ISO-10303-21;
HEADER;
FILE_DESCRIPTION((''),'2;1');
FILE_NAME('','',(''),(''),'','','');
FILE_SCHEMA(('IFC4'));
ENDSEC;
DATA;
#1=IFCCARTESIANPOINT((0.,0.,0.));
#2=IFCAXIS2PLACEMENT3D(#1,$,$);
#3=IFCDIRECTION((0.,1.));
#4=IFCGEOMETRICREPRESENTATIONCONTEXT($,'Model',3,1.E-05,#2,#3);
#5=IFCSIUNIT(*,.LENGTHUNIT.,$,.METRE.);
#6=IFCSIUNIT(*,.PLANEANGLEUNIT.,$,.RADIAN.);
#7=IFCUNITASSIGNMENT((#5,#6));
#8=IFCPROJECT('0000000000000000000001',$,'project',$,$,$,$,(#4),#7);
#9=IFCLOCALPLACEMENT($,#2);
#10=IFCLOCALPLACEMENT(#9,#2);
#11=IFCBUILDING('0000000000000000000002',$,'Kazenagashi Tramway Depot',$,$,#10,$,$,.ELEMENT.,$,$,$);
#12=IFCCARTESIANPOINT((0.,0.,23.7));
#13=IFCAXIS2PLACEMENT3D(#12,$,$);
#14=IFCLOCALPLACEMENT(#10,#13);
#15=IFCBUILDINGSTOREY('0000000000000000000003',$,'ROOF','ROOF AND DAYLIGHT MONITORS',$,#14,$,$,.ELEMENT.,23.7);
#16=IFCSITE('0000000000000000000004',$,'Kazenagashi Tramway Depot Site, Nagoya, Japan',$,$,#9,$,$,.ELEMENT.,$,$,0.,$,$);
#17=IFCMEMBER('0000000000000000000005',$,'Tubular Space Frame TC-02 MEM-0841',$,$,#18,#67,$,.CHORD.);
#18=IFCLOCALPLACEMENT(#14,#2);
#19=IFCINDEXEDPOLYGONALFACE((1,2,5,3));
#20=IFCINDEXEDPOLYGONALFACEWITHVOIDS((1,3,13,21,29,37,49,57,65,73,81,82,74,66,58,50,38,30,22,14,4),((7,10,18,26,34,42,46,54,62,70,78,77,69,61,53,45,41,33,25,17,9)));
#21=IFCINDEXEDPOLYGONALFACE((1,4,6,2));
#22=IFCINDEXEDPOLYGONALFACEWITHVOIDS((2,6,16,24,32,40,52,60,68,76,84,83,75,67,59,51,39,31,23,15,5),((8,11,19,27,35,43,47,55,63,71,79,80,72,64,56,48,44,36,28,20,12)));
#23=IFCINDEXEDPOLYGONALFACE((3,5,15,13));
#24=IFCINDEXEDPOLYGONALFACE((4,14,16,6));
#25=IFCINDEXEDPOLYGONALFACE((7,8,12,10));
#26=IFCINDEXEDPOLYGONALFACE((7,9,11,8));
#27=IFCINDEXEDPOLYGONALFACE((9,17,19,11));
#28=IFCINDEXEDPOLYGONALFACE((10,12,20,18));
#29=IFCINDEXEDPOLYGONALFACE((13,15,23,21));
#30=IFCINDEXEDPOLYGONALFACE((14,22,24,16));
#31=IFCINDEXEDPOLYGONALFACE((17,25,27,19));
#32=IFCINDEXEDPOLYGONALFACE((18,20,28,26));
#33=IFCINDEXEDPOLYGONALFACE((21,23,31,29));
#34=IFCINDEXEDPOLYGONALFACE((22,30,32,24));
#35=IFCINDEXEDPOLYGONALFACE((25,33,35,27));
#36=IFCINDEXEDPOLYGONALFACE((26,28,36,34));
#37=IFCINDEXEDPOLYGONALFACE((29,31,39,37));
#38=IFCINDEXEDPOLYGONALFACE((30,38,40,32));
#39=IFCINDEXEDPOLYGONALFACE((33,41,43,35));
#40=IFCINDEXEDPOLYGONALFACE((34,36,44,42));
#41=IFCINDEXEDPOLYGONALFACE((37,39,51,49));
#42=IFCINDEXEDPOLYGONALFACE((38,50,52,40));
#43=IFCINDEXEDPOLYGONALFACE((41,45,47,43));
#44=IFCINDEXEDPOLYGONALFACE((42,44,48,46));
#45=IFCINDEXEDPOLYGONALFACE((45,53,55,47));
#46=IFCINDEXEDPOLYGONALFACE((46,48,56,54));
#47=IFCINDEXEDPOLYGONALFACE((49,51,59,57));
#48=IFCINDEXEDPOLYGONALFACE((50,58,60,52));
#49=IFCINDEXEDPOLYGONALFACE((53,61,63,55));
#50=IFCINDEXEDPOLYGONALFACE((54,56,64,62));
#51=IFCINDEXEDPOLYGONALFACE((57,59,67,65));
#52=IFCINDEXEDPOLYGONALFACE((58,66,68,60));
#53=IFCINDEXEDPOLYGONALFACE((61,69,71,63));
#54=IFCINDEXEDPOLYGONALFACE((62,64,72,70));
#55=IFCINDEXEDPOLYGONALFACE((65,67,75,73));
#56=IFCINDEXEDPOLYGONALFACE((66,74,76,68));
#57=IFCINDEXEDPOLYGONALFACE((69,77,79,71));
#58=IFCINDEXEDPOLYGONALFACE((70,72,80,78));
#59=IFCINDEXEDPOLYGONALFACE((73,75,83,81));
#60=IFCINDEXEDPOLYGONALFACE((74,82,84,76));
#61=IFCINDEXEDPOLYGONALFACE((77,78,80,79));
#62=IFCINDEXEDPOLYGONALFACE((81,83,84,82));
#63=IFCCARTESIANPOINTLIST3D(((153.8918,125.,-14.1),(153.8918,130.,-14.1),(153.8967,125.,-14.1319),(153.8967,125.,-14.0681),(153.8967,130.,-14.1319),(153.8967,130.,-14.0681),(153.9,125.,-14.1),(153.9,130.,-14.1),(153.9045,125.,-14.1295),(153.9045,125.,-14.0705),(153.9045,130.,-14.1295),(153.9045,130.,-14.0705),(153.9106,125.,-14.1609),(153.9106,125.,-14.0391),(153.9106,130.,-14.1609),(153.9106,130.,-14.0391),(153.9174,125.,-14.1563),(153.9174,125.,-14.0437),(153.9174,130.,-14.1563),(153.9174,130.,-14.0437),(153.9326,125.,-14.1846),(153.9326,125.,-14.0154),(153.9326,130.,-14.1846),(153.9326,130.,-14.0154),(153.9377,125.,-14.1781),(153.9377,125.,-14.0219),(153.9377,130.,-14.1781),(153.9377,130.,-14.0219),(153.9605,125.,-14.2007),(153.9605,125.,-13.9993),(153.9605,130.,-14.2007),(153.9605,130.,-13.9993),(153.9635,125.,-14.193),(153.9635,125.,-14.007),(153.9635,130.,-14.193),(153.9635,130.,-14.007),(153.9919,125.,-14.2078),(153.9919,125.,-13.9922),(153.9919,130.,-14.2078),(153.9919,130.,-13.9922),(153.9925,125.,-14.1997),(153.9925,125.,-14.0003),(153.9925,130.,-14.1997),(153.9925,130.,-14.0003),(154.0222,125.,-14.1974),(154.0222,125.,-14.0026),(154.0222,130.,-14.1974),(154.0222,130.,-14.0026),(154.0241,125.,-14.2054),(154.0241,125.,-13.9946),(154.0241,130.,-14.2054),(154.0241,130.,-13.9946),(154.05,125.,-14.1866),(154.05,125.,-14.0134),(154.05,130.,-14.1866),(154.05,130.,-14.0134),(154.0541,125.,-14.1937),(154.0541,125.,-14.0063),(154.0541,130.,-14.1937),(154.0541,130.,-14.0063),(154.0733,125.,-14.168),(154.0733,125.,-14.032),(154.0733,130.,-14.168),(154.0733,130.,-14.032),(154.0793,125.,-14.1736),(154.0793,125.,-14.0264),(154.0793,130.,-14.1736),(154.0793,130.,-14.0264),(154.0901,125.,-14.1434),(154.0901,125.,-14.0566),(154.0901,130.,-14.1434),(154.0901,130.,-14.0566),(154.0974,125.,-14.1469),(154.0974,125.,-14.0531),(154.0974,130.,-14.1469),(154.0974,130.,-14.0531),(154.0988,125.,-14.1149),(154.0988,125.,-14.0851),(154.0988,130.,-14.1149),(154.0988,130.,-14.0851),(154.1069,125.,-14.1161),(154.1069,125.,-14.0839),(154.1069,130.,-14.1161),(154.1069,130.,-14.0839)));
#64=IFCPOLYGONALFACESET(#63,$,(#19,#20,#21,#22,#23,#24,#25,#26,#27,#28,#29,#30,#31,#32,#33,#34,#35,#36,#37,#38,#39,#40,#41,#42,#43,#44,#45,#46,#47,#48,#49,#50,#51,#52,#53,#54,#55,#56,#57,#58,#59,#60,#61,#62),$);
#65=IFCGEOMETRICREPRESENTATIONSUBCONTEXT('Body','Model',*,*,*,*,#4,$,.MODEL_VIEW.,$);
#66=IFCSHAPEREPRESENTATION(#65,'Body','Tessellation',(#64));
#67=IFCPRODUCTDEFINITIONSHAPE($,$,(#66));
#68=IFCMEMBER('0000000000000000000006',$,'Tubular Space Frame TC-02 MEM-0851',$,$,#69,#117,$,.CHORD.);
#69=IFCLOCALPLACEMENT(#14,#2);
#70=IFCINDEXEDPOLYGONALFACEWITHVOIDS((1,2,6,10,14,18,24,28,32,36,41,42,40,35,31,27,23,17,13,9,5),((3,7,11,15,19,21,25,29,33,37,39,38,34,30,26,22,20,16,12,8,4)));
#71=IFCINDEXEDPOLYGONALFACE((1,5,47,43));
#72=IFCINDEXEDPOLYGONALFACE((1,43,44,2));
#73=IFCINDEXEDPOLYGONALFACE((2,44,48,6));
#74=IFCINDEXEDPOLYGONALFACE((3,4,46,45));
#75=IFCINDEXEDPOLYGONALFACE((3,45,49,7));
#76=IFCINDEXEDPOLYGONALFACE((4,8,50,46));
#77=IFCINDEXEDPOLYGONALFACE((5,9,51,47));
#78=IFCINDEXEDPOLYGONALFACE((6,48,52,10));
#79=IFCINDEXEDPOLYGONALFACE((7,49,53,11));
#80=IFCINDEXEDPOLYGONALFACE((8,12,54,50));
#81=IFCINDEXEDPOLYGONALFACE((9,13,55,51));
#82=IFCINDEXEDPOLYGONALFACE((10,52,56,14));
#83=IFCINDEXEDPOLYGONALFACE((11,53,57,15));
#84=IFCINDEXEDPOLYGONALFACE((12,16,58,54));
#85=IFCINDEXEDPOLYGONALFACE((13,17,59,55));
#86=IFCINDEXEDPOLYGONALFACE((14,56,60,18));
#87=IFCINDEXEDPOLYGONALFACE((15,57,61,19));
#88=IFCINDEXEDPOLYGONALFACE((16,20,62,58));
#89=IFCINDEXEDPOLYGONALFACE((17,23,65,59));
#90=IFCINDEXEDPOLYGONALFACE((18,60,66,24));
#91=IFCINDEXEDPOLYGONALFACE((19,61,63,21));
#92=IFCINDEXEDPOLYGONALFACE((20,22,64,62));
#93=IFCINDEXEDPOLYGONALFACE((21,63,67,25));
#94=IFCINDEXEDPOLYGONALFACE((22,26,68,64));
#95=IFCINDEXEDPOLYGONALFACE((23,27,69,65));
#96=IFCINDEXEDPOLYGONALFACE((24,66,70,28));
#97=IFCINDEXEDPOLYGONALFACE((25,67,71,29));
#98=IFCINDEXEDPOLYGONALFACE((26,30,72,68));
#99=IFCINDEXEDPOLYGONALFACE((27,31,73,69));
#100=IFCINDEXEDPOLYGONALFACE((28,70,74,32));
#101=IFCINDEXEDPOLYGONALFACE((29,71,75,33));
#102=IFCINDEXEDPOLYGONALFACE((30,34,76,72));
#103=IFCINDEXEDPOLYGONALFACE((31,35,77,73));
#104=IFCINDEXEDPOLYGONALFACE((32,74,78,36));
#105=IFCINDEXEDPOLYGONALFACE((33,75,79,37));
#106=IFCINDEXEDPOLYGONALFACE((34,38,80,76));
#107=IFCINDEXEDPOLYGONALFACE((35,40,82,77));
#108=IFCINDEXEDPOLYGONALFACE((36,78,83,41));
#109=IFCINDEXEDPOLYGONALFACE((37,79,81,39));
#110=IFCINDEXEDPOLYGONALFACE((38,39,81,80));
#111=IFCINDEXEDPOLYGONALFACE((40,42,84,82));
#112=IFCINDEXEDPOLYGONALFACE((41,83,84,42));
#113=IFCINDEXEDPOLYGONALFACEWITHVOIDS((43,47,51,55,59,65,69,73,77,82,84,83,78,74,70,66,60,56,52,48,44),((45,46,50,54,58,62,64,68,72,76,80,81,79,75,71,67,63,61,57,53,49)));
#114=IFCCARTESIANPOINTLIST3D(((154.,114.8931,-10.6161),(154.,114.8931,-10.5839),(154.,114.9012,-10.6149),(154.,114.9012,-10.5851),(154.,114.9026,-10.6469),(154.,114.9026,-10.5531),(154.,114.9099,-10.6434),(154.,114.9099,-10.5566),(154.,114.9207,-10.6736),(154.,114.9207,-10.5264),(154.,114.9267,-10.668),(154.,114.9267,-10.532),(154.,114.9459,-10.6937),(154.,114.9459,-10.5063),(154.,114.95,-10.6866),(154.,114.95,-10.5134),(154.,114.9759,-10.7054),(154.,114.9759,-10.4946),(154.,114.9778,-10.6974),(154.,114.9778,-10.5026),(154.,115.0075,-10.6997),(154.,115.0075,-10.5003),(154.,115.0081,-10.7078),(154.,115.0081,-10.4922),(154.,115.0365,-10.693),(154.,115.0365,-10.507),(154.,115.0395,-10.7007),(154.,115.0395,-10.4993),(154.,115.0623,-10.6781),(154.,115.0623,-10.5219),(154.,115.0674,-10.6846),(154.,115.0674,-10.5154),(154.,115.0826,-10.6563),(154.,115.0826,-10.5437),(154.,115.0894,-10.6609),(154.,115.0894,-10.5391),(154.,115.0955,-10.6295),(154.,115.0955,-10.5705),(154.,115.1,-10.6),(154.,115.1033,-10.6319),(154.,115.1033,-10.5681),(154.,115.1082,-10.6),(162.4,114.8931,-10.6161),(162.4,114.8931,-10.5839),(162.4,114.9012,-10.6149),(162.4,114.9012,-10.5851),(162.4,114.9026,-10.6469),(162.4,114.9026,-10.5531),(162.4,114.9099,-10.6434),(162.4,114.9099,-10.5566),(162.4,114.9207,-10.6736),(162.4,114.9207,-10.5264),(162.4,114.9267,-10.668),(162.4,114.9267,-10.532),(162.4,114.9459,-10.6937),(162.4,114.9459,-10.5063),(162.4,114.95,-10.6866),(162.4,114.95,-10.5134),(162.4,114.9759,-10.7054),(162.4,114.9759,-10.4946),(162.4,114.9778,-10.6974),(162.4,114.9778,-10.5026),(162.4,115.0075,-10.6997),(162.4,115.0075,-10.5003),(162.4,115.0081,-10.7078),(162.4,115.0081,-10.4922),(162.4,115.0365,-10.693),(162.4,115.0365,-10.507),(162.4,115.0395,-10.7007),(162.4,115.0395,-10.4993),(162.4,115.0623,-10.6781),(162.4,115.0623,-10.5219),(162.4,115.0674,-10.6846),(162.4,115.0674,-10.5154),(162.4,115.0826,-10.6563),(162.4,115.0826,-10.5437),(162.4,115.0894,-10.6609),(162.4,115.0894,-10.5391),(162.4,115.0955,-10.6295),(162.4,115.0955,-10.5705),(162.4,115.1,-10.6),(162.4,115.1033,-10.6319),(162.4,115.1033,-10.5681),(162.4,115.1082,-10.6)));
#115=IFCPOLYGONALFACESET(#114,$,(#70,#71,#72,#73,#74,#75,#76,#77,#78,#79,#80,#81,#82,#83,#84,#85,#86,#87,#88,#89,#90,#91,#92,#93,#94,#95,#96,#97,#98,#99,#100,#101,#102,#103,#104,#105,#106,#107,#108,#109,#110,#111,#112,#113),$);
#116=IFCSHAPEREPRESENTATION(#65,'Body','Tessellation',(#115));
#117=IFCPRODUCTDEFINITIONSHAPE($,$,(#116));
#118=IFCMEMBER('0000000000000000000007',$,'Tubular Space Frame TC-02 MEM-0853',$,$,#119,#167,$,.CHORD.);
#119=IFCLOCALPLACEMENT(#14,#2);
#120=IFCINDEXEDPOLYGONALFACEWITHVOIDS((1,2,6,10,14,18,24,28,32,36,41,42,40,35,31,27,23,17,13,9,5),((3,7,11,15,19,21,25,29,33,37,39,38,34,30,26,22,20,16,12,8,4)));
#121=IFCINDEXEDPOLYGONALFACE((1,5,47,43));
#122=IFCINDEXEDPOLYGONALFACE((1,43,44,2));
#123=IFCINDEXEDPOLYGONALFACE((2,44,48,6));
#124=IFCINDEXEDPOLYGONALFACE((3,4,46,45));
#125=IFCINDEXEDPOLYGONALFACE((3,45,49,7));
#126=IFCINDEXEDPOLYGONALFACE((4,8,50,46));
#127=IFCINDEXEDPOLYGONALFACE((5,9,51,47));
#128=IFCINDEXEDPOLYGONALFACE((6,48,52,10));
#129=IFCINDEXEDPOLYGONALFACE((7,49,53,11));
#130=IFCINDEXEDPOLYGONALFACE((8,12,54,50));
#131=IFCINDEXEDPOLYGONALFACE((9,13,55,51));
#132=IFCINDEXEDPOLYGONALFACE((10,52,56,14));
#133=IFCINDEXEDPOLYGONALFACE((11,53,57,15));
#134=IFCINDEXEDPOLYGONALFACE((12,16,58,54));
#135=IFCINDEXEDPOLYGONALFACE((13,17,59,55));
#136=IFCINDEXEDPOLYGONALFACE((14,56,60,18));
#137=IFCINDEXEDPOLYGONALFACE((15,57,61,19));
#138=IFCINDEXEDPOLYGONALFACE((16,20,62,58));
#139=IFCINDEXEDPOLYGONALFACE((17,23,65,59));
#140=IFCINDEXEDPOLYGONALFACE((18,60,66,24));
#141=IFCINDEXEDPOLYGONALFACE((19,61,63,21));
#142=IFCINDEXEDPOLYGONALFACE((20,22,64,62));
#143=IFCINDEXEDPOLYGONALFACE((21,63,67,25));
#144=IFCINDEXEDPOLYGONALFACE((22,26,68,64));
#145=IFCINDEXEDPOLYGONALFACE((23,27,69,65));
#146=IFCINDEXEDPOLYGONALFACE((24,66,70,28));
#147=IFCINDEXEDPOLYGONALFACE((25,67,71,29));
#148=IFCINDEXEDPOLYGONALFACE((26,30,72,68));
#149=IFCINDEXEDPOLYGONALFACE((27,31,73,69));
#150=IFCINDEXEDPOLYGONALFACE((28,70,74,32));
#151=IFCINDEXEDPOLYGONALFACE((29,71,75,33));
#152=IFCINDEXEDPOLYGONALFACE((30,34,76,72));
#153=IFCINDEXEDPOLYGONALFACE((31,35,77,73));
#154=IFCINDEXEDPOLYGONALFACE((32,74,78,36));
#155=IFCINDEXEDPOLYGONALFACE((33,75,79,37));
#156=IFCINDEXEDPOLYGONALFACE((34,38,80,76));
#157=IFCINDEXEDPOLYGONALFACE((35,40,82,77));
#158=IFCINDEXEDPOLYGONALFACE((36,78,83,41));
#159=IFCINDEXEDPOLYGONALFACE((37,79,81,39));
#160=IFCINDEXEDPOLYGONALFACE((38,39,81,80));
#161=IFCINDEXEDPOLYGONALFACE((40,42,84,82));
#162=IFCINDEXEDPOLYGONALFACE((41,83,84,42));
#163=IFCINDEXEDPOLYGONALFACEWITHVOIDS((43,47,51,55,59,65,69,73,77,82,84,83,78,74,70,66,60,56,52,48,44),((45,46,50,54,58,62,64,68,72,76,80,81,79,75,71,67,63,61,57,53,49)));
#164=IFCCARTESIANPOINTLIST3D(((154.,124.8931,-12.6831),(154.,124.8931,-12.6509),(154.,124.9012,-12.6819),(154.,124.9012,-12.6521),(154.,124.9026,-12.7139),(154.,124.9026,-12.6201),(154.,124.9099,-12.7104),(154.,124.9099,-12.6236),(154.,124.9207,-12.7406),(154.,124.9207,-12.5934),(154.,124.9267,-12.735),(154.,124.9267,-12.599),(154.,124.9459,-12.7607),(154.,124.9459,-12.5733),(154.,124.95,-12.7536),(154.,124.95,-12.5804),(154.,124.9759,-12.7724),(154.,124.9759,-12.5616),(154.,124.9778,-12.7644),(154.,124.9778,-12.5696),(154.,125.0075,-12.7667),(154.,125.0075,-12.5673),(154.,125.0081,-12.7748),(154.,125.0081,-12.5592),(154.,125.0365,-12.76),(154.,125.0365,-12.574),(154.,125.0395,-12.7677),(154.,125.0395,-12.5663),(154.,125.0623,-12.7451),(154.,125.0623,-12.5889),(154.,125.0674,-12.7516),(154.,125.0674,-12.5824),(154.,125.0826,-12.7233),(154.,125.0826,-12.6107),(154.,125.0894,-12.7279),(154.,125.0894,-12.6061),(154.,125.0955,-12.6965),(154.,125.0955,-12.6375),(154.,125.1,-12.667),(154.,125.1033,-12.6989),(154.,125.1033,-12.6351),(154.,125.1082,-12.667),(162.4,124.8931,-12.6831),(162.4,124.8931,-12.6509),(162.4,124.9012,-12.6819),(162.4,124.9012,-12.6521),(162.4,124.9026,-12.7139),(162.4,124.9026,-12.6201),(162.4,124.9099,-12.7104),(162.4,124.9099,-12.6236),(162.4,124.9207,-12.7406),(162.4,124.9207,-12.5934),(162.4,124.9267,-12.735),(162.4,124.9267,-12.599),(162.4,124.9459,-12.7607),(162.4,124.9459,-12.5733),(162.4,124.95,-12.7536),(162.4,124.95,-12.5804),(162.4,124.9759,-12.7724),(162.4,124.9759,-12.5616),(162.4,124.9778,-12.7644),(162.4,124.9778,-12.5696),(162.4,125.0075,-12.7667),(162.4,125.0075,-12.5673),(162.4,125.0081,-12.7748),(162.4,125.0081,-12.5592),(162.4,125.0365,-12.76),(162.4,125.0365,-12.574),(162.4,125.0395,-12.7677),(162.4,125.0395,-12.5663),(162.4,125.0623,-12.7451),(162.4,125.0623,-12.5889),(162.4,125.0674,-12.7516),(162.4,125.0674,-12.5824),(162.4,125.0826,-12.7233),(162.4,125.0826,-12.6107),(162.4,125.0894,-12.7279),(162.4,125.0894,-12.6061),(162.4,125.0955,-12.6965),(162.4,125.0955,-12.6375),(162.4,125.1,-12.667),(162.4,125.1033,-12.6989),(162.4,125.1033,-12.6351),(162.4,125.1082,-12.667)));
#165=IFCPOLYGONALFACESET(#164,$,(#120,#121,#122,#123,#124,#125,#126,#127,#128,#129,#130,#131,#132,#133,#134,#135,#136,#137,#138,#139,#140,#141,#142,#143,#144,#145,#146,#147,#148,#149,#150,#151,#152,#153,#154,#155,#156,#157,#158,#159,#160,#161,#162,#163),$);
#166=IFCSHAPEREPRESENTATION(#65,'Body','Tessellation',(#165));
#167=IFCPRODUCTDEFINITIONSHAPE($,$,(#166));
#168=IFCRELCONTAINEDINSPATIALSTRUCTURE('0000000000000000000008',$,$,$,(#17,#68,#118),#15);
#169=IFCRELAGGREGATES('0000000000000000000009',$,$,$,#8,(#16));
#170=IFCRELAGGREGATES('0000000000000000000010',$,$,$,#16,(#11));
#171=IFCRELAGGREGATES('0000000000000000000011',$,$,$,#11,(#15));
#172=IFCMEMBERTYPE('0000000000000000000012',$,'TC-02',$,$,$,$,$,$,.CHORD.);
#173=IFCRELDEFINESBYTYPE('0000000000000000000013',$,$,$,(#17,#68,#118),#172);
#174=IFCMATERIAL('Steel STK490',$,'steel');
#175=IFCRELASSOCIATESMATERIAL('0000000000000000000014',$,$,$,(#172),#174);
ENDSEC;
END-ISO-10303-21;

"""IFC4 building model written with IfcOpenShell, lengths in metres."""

from ifc_helpers import new_model, si_unit, direction, frame, origin, origin_2d, place, context, subcontext, project, spatial, hollow_circle, extrude, material, material_profile, profile_set, type_object, element, save


model = new_model("IFC4")

# Units and contexts
model_context = context("Model", 3, precision=1e-05, world=origin(), true_north=direction((0.0, 1.0)))
body_context = subcontext(model_context, "Body", "Model", "MODEL_VIEW")
ifc_project = project(units=[si_unit("LENGTHUNIT", "METRE"), si_unit("PLANEANGLEUNIT", "RADIAN")], contexts=[model_context])

# Site, building, storey
site_placement = place(None, origin())
site = spatial("IfcSite", under=ifc_project, at=site_placement, Name="Kazenagashi Tramway Depot Site, Nagoya, Japan", CompositionType="ELEMENT", RefElevation=0.0)
building_placement = place(site_placement, origin())
building = spatial("IfcBuilding", under=site, at=building_placement, Name="Kazenagashi Tramway Depot", CompositionType="ELEMENT")
storey_placement = place(building_placement, frame((0.0, 0.0, 23.7)))
storey = spatial("IfcBuildingStorey", under=building, at=storey_placement, Name="ROOF", Description="ROOF AND DAYLIGHT MONITORS", CompositionType="ELEMENT", Elevation=23.7)

# Members
ifc_material_1 = material(Name="Steel STK490", Category="steel")
ifc_material_profile_1 = material_profile(ifc_material_1, hollow_circle(Radius=0.1081, WallThickness=0.0082, at=origin_2d()), Name="CHS-216.3x8.2")
ifc_profile_set_1 = profile_set([ifc_material_profile_1], Name="Steel STK490")
member_type_1 = type_object("IfcMemberType", Name="TC-02", PredefinedType="CHORD", material=ifc_profile_set_1)
for number, where, z_axis, x_axis, name in (
    (1, (154.0, 125.0, -14.1), (0.0, 1.0, 0.0), (-1.0, 0.0, 0.0), "Tubular Space Frame TC-02 MEM-0841"),
):
    element("IfcMember", number, at=place(storey_placement, frame(where, z_axis=z_axis, x_axis=x_axis)), inside=storey, type_object=member_type_1, Name=name, PredefinedType="CHORD", context=body_context, shape_type="SweptSolid", body=[
        extrude(hollow_circle(Radius=0.1081, WallThickness=0.0082, at=origin_2d()), origin(), (0.0, 0.0, 1.0), 5.0),
    ])
for number, where, z_axis, x_axis, name in (
    (2, (154.0, 115.0, -10.6), (1.0, 0.0, 0.0), (0.0, 1.0, 0.0), "Tubular Space Frame TC-02 MEM-0851"),
    (3, (154.0, 125.0, -12.667), (1.0, 0.0, 0.0), (0.0, 1.0, 0.0), "Tubular Space Frame TC-02 MEM-0853"),
):
    element("IfcMember", number, at=place(storey_placement, frame(where, z_axis=z_axis, x_axis=x_axis)), inside=storey, type_object=member_type_1, Name=name, PredefinedType="CHORD", context=body_context, shape_type="SweptSolid", body=[
        extrude(hollow_circle(Radius=0.1081, WallThickness=0.0082, at=origin_2d()), origin(), (0.0, 0.0, 1.0), 8.4),
    ])

save(model, "model.ifc")
